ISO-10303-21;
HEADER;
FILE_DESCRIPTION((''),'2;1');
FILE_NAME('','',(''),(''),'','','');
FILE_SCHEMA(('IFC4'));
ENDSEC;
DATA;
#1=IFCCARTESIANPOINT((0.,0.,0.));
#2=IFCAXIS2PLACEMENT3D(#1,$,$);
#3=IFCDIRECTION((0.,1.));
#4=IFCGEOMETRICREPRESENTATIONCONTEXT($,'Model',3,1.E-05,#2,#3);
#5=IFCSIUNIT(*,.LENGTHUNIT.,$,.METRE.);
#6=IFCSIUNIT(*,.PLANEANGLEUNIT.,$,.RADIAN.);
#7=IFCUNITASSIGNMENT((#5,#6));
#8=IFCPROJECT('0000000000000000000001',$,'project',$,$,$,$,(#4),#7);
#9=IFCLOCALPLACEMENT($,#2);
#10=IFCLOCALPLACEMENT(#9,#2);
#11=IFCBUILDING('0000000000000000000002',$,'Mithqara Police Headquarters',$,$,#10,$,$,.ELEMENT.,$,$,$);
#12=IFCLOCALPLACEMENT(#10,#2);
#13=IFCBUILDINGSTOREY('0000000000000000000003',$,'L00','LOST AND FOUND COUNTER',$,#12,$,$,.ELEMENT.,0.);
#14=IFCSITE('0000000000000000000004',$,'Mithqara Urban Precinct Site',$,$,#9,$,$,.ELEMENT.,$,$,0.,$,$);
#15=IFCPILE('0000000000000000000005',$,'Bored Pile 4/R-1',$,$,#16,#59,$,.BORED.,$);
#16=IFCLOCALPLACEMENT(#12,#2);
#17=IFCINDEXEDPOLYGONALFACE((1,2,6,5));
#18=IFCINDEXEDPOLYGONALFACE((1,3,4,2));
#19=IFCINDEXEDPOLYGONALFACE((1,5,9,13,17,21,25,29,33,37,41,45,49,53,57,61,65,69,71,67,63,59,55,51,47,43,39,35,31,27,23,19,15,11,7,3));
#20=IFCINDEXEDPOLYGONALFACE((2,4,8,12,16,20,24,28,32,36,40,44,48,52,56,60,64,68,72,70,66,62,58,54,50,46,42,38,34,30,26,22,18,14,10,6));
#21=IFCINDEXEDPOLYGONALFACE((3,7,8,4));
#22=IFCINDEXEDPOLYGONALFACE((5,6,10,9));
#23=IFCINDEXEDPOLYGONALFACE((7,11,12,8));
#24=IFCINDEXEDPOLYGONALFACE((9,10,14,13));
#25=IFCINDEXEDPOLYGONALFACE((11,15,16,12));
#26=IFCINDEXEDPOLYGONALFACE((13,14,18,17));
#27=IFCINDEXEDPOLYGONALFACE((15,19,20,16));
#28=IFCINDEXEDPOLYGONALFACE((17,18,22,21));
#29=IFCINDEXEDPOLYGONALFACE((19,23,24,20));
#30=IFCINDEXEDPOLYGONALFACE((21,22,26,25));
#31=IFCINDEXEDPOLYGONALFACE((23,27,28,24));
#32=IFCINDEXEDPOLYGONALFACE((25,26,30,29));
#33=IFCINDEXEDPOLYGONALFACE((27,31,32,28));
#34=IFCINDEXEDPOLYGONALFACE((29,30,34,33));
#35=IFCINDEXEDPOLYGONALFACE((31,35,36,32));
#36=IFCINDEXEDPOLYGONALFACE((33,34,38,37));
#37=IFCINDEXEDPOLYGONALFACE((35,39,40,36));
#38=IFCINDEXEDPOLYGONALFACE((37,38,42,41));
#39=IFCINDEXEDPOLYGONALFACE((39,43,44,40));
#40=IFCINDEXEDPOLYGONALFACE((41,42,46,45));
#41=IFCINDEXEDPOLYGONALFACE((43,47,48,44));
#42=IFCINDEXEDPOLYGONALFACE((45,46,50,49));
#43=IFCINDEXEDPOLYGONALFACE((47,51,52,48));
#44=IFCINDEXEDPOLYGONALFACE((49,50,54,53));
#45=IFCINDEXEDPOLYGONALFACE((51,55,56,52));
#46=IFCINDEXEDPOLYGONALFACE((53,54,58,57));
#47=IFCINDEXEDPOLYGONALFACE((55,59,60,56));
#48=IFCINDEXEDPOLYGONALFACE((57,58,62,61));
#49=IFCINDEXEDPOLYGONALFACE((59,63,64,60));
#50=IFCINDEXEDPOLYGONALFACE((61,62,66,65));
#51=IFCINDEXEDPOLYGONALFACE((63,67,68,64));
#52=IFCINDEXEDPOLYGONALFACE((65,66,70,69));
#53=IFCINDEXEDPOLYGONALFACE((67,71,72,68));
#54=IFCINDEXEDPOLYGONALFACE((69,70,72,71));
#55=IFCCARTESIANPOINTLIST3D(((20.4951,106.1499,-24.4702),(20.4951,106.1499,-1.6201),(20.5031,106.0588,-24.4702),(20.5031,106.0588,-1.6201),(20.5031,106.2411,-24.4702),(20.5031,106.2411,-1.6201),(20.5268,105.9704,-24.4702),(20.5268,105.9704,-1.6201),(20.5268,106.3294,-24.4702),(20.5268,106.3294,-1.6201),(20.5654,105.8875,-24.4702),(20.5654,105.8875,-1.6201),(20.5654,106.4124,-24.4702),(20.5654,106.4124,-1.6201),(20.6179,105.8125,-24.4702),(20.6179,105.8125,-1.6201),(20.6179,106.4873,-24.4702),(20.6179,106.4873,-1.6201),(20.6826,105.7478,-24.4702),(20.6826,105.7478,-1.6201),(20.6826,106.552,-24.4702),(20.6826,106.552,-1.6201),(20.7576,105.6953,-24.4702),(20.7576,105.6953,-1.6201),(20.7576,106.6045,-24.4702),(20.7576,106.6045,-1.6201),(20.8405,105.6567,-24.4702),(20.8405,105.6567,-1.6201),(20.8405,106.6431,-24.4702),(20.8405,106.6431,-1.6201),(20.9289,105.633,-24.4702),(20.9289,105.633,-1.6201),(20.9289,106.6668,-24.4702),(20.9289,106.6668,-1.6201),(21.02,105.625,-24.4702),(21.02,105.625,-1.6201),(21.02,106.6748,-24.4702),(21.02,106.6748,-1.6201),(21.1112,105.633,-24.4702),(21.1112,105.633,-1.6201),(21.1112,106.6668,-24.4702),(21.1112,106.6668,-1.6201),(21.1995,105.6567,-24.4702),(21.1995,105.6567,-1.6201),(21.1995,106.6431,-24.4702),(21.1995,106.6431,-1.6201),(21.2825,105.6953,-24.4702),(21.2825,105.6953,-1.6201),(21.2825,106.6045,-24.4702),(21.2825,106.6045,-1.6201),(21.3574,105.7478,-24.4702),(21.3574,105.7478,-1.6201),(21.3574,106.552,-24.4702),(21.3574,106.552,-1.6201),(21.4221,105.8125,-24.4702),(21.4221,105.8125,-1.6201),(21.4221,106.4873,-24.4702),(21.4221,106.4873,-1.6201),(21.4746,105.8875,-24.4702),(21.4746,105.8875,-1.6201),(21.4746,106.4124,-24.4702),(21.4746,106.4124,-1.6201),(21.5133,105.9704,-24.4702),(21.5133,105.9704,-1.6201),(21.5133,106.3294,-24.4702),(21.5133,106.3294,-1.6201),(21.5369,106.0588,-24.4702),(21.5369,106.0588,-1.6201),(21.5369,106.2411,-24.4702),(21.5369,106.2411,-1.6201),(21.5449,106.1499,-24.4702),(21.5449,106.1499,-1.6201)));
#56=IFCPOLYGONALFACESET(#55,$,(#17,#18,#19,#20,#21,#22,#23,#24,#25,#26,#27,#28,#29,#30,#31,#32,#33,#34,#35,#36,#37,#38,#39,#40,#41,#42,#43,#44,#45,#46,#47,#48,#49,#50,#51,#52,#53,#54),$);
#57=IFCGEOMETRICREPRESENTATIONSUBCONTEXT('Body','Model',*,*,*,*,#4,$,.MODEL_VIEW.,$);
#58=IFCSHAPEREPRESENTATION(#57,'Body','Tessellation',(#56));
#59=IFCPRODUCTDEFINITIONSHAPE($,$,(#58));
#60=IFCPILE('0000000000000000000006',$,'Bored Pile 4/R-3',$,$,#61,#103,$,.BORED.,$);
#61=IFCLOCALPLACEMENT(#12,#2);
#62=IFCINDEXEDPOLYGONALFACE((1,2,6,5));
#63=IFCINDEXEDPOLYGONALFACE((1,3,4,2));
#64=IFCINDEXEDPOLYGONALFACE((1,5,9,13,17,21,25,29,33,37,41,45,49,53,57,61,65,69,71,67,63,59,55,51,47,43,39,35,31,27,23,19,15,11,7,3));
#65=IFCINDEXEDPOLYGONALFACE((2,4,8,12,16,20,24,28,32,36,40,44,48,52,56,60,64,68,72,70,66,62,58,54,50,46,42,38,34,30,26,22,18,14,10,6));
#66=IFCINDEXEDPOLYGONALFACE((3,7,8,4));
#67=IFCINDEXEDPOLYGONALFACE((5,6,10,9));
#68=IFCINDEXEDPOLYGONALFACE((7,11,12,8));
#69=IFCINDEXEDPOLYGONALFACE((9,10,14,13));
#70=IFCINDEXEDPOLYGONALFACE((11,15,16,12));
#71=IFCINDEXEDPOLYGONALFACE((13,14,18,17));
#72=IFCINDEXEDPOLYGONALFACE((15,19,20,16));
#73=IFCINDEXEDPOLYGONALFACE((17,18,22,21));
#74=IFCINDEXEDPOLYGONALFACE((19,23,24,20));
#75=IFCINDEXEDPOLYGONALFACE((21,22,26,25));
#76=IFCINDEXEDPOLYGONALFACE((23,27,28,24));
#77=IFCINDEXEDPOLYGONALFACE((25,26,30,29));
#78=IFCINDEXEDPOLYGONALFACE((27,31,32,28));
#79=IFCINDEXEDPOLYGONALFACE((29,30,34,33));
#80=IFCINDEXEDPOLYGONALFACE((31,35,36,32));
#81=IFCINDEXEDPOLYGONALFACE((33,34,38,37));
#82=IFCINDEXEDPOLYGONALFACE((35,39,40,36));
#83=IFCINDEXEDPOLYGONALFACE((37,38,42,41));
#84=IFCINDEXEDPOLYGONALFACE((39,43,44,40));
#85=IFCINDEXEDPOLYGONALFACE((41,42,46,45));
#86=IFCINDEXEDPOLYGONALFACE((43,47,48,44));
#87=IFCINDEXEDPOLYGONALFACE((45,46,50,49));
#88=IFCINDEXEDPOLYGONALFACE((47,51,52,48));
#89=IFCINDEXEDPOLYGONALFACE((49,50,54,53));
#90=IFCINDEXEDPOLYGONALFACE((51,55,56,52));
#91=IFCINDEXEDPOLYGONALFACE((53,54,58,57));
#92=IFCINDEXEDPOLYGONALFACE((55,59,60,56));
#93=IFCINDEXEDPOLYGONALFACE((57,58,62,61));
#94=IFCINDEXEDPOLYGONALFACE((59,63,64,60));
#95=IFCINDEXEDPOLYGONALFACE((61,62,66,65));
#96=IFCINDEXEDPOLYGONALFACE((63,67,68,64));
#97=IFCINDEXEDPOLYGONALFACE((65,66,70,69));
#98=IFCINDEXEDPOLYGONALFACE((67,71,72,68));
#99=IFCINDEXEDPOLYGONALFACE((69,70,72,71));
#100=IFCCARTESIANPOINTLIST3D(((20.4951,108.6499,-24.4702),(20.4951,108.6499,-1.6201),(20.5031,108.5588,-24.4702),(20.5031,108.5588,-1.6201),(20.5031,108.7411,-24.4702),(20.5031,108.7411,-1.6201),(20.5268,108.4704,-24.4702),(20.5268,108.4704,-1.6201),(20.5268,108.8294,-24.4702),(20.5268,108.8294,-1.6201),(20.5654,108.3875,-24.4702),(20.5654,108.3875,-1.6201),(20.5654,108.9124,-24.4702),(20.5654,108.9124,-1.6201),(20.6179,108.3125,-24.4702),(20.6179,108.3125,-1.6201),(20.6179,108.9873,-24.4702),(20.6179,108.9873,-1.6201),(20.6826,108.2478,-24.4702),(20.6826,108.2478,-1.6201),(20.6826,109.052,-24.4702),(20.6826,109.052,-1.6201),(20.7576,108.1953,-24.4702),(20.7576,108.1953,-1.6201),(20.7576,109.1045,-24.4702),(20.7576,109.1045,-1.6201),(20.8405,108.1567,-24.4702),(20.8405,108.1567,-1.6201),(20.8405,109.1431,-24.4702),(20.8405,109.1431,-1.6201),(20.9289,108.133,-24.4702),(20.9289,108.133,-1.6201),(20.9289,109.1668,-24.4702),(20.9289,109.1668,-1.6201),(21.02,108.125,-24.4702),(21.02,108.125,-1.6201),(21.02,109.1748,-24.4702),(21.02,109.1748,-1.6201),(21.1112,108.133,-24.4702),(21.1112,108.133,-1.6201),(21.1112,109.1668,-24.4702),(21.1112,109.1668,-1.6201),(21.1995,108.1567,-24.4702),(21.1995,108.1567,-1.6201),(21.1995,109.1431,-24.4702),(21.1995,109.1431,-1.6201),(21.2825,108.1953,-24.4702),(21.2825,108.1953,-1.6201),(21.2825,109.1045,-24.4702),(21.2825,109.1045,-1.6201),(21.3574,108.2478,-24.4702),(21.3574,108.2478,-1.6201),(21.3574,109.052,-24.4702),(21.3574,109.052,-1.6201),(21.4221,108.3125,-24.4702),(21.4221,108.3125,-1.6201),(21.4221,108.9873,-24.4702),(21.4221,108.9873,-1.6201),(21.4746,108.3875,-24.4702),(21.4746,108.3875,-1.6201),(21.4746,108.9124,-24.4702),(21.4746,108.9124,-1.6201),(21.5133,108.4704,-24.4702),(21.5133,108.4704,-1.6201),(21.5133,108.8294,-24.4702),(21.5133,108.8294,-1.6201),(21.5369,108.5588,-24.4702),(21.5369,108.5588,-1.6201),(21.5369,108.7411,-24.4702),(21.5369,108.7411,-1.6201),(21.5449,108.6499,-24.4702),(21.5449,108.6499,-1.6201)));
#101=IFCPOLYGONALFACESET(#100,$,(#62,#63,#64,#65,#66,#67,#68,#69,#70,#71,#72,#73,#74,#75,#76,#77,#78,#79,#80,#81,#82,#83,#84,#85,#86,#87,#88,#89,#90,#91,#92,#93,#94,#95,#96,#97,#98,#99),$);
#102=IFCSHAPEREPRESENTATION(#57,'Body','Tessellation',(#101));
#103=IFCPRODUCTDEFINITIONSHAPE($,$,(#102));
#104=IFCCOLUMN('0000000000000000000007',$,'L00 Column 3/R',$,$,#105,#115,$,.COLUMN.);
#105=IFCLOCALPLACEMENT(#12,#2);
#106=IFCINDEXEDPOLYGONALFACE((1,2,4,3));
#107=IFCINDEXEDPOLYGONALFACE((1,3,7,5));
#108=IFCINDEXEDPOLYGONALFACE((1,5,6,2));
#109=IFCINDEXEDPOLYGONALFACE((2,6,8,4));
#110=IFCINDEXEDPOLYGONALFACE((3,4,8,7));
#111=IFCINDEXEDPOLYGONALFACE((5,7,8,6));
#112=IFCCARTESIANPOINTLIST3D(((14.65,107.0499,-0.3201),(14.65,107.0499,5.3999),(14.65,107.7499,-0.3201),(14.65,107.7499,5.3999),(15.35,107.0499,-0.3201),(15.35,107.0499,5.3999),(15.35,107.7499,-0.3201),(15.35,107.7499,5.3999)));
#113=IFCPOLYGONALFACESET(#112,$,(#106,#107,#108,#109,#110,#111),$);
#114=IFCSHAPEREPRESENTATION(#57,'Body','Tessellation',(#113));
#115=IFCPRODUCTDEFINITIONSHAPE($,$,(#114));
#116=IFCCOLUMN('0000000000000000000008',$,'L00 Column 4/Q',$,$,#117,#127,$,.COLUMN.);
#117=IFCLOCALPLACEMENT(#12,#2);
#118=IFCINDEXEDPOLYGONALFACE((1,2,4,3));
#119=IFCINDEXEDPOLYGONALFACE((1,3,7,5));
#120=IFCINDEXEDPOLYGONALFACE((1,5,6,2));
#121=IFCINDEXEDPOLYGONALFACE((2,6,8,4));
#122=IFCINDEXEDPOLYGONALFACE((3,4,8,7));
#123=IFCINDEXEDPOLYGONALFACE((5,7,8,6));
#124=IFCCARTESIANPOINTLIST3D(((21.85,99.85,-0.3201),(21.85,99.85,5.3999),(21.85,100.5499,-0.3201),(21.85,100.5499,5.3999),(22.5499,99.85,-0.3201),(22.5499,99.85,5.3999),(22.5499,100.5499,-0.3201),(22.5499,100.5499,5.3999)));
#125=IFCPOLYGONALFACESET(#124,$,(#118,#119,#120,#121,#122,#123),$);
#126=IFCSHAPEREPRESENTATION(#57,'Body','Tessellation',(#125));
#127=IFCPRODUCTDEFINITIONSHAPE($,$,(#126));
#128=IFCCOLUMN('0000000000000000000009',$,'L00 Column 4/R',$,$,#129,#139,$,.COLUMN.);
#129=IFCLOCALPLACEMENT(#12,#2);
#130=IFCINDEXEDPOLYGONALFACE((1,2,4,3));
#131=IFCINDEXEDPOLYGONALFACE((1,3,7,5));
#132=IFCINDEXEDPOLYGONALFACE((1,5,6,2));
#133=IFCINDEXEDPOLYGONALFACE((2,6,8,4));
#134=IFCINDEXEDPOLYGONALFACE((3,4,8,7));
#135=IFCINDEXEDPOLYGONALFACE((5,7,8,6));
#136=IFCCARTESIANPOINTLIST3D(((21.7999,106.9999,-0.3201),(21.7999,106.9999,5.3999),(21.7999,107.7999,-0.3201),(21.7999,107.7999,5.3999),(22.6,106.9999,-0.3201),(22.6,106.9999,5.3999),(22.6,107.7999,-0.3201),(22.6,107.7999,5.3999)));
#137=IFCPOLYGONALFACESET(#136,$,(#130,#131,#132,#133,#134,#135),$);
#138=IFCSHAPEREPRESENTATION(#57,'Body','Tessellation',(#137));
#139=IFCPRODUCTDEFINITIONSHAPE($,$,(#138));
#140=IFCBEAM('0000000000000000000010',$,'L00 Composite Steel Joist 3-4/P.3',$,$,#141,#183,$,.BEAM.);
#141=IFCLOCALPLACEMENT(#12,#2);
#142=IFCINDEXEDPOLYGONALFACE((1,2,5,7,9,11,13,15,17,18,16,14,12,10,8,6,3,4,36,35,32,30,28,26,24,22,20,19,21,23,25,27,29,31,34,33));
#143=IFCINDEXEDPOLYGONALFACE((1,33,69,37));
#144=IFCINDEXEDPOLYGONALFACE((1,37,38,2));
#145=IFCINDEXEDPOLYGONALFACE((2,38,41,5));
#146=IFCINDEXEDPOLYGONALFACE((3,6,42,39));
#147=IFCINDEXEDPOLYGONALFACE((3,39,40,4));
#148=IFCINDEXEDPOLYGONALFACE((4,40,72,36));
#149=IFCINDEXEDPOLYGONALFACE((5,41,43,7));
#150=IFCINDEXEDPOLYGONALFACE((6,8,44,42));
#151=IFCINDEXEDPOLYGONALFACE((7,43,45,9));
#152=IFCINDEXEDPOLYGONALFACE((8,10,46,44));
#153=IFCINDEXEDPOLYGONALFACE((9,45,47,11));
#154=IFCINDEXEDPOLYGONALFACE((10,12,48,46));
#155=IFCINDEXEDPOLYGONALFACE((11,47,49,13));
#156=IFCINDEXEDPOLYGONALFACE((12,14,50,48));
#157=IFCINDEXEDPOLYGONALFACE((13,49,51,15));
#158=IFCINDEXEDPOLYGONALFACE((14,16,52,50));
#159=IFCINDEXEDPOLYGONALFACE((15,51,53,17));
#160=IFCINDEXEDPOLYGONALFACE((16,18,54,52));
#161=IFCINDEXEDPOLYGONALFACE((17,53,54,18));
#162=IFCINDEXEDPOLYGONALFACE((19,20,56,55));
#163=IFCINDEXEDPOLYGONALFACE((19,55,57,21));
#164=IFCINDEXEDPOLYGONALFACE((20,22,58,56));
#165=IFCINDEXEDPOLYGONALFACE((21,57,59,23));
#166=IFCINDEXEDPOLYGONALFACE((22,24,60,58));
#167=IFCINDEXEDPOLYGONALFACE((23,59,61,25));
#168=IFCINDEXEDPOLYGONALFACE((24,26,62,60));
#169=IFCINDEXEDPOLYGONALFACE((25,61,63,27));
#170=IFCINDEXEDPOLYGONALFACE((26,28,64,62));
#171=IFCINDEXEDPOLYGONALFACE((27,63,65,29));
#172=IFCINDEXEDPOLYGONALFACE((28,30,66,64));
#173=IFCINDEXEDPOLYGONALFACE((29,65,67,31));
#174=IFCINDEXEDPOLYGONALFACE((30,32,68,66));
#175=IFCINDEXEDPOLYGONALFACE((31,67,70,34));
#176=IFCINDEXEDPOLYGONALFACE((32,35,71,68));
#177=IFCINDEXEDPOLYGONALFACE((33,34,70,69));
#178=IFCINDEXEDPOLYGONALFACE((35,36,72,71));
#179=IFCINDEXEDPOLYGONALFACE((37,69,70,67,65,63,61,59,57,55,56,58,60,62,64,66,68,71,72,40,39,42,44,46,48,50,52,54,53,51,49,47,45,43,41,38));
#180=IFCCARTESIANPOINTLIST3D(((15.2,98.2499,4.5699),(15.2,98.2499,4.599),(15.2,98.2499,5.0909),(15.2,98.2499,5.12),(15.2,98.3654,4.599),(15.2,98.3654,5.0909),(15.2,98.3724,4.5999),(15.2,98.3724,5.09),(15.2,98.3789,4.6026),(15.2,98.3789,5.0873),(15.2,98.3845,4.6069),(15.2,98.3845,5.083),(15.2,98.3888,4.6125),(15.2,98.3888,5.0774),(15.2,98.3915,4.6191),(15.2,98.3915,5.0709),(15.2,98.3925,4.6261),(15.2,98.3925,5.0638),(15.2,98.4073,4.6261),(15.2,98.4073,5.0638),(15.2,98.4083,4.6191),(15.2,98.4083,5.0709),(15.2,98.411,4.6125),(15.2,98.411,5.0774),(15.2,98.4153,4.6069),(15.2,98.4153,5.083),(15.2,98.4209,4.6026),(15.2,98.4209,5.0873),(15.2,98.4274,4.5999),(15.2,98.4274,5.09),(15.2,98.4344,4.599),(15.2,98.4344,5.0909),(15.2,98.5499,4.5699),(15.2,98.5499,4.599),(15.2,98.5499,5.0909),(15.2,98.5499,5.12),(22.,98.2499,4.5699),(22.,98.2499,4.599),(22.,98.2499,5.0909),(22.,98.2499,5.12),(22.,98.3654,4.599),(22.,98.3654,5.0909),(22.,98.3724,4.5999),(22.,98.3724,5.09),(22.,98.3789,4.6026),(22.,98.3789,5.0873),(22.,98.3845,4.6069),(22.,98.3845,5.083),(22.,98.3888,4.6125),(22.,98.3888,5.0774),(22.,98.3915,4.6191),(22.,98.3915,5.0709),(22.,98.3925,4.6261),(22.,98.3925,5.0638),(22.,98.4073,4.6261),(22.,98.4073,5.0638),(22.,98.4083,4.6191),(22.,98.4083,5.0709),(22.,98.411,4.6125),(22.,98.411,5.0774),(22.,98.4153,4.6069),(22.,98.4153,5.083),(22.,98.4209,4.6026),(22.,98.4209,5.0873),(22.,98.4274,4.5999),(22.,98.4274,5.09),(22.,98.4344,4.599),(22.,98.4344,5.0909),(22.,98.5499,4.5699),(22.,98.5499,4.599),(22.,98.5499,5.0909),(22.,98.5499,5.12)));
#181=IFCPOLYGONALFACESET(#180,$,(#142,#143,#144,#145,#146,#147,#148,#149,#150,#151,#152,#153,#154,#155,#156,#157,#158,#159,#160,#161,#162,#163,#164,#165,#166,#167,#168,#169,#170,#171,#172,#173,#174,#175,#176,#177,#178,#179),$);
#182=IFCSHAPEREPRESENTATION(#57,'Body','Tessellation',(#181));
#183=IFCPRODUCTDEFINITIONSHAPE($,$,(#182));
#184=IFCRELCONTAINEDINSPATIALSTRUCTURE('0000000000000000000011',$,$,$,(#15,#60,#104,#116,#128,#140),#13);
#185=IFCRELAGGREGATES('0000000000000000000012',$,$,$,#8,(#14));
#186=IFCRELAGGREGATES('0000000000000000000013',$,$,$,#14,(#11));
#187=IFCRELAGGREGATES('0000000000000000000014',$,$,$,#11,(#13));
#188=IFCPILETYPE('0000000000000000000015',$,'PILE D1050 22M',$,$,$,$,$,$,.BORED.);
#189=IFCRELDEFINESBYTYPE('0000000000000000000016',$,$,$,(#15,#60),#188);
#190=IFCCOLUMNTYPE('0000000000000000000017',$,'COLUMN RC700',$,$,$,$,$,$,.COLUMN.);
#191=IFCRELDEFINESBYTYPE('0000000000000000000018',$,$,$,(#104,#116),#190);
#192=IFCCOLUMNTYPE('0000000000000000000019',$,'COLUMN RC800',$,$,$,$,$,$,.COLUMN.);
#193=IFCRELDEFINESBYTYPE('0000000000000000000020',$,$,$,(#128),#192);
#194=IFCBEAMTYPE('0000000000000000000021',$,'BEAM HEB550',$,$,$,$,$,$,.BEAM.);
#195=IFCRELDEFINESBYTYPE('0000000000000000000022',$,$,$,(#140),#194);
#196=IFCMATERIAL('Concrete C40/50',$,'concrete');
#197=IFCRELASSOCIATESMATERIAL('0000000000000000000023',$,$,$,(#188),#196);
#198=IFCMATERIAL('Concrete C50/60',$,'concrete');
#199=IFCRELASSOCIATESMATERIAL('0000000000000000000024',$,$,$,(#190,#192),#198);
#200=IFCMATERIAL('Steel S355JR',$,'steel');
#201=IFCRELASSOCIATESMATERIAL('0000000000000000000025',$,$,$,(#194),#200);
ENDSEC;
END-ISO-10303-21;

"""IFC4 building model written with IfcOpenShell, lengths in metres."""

from ifc_helpers import new_model, si_unit, direction, frame, origin, origin_2d, place, context, subcontext, project, spatial, rectangle, circle, i_section, extrude, material, material_profile, profile_set, type_object, element, save


model = new_model("IFC4")

# Units and contexts
model_context = context("Model", 3, precision=1e-05, world=origin(), true_north=direction((0.0, 1.0)))
body_context = subcontext(model_context, "Body", "Model", "MODEL_VIEW")
ifc_project = project(units=[si_unit("LENGTHUNIT", "METRE"), si_unit("PLANEANGLEUNIT", "RADIAN")], contexts=[model_context])

# Site, building, storey
site_placement = place(None, origin())
site = spatial("IfcSite", under=ifc_project, at=site_placement, Name="Mithqara Urban Precinct Site", CompositionType="ELEMENT", RefElevation=0.0)
building_placement = place(site_placement, origin())
building = spatial("IfcBuilding", under=site, at=building_placement, Name="Mithqara Police Headquarters", CompositionType="ELEMENT")
storey_placement = place(building_placement, origin())
storey = spatial("IfcBuildingStorey", under=building, at=storey_placement, Name="L00", Description="LOST AND FOUND COUNTER", CompositionType="ELEMENT", Elevation=0.0)

# Shared definitions
ifc_material_1 = material(Name="Concrete C40/50", Category="concrete")

# Piles
ifc_material_profile_1 = material_profile(ifc_material_1, circle(Radius=0.5249, at=origin_2d()), Name="PILE D1050")
ifc_profile_set_1 = profile_set([ifc_material_profile_1], Name="Concrete C40/50")
pile_type = type_object("IfcPileType", Name="PILE D1050 22M", PredefinedType="BORED", material=ifc_profile_set_1)
for number, where, z_axis, x_axis, name in (
    (1, (21.02, 106.1499, -1.6201), (0.0, 0.0, -1.0), (1.0, 0.0, 0.0), "Bored Pile 4/R-1"),
    (2, (21.02, 108.6499, -1.6201), (0.0, 0.0, -1.0), (1.0, 0.0, 0.0), "Bored Pile 4/R-3"),
):
    element("IfcPile", number, at=place(storey_placement, frame(where, z_axis=z_axis, x_axis=x_axis)), inside=storey, type_object=pile_type, Name=name, PredefinedType="BORED", context=body_context, shape_type="SweptSolid", body=[
        extrude(circle(Radius=0.5249, at=origin_2d()), origin(), (0.0, 0.0, 1.0), 22.8501),
    ])

# Columns
ifc_material_2 = material(Name="Concrete C50/60", Category="concrete")
ifc_material_profile_2 = material_profile(ifc_material_2, rectangle(XDim=0.7, YDim=0.7, at=origin_2d()), Name="RC 700x700")
ifc_profile_set_2 = profile_set([ifc_material_profile_2], Name="Concrete C50/60")
column_type_1 = type_object("IfcColumnType", Name="COLUMN RC700", PredefinedType="COLUMN", material=ifc_profile_set_2)
for number, where, z_axis, x_axis, name in (
    (3, (15.0, 107.3999, -0.3201), (0.0, 0.0, 1.0), (1.0, 0.0, 0.0), "L00 Column 3/R"),
    (4, (22.2, 100.2, -0.3201), (0.0, 0.0, 1.0), (1.0, 0.0, 0.0), "L00 Column 4/Q"),
):
    element("IfcColumn", number, at=place(storey_placement, frame(where, z_axis=z_axis, x_axis=x_axis)), inside=storey, type_object=column_type_1, Name=name, PredefinedType="COLUMN", context=body_context, shape_type="SweptSolid", body=[
        extrude(rectangle(XDim=0.7, YDim=0.7, at=origin_2d()), origin(), (0.0, 0.0, 1.0), 5.72),
    ])
ifc_material_profile_3 = material_profile(ifc_material_2, rectangle(XDim=0.8, YDim=0.8, at=origin_2d()), Name="RC 800x800")
ifc_profile_set_3 = profile_set([ifc_material_profile_3], Name="Concrete C50/60")
column_type_2 = type_object("IfcColumnType", Name="COLUMN RC800", PredefinedType="COLUMN", material=ifc_profile_set_3)
column_placement = place(storey_placement, frame((22.2, 107.3999, -0.3201), z_axis=(0.0, 0.0, 1.0), x_axis=(1.0, 0.0, 0.0)))
element("IfcColumn", 5, at=column_placement, inside=storey, type_object=column_type_2, Name="L00 Column 4/R", PredefinedType="COLUMN", context=body_context, shape_type="SweptSolid", body=[
    extrude(rectangle(XDim=0.8, YDim=0.8, at=origin_2d()), origin(), (0.0, 0.0, 1.0), 5.72),
])

# Beam
ifc_material_3 = material(Name="Steel S355JR", Category="steel")
ifc_material_profile_4 = material_profile(ifc_material_3, i_section(OverallWidth=0.3, OverallDepth=0.55, WebThickness=0.0149, FlangeThickness=0.0291, FilletRadius=0.0271, at=origin_2d()), Name="HEB 550")
ifc_profile_set_4 = profile_set([ifc_material_profile_4], Name="Steel S355JR")
beam_type_1 = type_object("IfcBeamType", Name="BEAM HEB550", PredefinedType="BEAM", material=ifc_profile_set_4)
beam_1_placement = place(storey_placement, frame((15.2, 98.3999, 4.845), z_axis=(1.0, 0.0, 0.0), x_axis=(0.0, 1.0, 0.0)))
element("IfcBeam", 6, at=beam_1_placement, inside=storey, type_object=beam_type_1, Name="L00 Composite Steel Joist 3-4/P.3", PredefinedType="BEAM", context=body_context, shape_type="SweptSolid", body=[
    extrude(i_section(OverallWidth=0.3, OverallDepth=0.55, WebThickness=0.0149, FlangeThickness=0.0291, FilletRadius=0.0271, at=origin_2d()), origin(), (0.0, 0.0, 1.0), 6.8),
])

save(model, "model.ifc")
